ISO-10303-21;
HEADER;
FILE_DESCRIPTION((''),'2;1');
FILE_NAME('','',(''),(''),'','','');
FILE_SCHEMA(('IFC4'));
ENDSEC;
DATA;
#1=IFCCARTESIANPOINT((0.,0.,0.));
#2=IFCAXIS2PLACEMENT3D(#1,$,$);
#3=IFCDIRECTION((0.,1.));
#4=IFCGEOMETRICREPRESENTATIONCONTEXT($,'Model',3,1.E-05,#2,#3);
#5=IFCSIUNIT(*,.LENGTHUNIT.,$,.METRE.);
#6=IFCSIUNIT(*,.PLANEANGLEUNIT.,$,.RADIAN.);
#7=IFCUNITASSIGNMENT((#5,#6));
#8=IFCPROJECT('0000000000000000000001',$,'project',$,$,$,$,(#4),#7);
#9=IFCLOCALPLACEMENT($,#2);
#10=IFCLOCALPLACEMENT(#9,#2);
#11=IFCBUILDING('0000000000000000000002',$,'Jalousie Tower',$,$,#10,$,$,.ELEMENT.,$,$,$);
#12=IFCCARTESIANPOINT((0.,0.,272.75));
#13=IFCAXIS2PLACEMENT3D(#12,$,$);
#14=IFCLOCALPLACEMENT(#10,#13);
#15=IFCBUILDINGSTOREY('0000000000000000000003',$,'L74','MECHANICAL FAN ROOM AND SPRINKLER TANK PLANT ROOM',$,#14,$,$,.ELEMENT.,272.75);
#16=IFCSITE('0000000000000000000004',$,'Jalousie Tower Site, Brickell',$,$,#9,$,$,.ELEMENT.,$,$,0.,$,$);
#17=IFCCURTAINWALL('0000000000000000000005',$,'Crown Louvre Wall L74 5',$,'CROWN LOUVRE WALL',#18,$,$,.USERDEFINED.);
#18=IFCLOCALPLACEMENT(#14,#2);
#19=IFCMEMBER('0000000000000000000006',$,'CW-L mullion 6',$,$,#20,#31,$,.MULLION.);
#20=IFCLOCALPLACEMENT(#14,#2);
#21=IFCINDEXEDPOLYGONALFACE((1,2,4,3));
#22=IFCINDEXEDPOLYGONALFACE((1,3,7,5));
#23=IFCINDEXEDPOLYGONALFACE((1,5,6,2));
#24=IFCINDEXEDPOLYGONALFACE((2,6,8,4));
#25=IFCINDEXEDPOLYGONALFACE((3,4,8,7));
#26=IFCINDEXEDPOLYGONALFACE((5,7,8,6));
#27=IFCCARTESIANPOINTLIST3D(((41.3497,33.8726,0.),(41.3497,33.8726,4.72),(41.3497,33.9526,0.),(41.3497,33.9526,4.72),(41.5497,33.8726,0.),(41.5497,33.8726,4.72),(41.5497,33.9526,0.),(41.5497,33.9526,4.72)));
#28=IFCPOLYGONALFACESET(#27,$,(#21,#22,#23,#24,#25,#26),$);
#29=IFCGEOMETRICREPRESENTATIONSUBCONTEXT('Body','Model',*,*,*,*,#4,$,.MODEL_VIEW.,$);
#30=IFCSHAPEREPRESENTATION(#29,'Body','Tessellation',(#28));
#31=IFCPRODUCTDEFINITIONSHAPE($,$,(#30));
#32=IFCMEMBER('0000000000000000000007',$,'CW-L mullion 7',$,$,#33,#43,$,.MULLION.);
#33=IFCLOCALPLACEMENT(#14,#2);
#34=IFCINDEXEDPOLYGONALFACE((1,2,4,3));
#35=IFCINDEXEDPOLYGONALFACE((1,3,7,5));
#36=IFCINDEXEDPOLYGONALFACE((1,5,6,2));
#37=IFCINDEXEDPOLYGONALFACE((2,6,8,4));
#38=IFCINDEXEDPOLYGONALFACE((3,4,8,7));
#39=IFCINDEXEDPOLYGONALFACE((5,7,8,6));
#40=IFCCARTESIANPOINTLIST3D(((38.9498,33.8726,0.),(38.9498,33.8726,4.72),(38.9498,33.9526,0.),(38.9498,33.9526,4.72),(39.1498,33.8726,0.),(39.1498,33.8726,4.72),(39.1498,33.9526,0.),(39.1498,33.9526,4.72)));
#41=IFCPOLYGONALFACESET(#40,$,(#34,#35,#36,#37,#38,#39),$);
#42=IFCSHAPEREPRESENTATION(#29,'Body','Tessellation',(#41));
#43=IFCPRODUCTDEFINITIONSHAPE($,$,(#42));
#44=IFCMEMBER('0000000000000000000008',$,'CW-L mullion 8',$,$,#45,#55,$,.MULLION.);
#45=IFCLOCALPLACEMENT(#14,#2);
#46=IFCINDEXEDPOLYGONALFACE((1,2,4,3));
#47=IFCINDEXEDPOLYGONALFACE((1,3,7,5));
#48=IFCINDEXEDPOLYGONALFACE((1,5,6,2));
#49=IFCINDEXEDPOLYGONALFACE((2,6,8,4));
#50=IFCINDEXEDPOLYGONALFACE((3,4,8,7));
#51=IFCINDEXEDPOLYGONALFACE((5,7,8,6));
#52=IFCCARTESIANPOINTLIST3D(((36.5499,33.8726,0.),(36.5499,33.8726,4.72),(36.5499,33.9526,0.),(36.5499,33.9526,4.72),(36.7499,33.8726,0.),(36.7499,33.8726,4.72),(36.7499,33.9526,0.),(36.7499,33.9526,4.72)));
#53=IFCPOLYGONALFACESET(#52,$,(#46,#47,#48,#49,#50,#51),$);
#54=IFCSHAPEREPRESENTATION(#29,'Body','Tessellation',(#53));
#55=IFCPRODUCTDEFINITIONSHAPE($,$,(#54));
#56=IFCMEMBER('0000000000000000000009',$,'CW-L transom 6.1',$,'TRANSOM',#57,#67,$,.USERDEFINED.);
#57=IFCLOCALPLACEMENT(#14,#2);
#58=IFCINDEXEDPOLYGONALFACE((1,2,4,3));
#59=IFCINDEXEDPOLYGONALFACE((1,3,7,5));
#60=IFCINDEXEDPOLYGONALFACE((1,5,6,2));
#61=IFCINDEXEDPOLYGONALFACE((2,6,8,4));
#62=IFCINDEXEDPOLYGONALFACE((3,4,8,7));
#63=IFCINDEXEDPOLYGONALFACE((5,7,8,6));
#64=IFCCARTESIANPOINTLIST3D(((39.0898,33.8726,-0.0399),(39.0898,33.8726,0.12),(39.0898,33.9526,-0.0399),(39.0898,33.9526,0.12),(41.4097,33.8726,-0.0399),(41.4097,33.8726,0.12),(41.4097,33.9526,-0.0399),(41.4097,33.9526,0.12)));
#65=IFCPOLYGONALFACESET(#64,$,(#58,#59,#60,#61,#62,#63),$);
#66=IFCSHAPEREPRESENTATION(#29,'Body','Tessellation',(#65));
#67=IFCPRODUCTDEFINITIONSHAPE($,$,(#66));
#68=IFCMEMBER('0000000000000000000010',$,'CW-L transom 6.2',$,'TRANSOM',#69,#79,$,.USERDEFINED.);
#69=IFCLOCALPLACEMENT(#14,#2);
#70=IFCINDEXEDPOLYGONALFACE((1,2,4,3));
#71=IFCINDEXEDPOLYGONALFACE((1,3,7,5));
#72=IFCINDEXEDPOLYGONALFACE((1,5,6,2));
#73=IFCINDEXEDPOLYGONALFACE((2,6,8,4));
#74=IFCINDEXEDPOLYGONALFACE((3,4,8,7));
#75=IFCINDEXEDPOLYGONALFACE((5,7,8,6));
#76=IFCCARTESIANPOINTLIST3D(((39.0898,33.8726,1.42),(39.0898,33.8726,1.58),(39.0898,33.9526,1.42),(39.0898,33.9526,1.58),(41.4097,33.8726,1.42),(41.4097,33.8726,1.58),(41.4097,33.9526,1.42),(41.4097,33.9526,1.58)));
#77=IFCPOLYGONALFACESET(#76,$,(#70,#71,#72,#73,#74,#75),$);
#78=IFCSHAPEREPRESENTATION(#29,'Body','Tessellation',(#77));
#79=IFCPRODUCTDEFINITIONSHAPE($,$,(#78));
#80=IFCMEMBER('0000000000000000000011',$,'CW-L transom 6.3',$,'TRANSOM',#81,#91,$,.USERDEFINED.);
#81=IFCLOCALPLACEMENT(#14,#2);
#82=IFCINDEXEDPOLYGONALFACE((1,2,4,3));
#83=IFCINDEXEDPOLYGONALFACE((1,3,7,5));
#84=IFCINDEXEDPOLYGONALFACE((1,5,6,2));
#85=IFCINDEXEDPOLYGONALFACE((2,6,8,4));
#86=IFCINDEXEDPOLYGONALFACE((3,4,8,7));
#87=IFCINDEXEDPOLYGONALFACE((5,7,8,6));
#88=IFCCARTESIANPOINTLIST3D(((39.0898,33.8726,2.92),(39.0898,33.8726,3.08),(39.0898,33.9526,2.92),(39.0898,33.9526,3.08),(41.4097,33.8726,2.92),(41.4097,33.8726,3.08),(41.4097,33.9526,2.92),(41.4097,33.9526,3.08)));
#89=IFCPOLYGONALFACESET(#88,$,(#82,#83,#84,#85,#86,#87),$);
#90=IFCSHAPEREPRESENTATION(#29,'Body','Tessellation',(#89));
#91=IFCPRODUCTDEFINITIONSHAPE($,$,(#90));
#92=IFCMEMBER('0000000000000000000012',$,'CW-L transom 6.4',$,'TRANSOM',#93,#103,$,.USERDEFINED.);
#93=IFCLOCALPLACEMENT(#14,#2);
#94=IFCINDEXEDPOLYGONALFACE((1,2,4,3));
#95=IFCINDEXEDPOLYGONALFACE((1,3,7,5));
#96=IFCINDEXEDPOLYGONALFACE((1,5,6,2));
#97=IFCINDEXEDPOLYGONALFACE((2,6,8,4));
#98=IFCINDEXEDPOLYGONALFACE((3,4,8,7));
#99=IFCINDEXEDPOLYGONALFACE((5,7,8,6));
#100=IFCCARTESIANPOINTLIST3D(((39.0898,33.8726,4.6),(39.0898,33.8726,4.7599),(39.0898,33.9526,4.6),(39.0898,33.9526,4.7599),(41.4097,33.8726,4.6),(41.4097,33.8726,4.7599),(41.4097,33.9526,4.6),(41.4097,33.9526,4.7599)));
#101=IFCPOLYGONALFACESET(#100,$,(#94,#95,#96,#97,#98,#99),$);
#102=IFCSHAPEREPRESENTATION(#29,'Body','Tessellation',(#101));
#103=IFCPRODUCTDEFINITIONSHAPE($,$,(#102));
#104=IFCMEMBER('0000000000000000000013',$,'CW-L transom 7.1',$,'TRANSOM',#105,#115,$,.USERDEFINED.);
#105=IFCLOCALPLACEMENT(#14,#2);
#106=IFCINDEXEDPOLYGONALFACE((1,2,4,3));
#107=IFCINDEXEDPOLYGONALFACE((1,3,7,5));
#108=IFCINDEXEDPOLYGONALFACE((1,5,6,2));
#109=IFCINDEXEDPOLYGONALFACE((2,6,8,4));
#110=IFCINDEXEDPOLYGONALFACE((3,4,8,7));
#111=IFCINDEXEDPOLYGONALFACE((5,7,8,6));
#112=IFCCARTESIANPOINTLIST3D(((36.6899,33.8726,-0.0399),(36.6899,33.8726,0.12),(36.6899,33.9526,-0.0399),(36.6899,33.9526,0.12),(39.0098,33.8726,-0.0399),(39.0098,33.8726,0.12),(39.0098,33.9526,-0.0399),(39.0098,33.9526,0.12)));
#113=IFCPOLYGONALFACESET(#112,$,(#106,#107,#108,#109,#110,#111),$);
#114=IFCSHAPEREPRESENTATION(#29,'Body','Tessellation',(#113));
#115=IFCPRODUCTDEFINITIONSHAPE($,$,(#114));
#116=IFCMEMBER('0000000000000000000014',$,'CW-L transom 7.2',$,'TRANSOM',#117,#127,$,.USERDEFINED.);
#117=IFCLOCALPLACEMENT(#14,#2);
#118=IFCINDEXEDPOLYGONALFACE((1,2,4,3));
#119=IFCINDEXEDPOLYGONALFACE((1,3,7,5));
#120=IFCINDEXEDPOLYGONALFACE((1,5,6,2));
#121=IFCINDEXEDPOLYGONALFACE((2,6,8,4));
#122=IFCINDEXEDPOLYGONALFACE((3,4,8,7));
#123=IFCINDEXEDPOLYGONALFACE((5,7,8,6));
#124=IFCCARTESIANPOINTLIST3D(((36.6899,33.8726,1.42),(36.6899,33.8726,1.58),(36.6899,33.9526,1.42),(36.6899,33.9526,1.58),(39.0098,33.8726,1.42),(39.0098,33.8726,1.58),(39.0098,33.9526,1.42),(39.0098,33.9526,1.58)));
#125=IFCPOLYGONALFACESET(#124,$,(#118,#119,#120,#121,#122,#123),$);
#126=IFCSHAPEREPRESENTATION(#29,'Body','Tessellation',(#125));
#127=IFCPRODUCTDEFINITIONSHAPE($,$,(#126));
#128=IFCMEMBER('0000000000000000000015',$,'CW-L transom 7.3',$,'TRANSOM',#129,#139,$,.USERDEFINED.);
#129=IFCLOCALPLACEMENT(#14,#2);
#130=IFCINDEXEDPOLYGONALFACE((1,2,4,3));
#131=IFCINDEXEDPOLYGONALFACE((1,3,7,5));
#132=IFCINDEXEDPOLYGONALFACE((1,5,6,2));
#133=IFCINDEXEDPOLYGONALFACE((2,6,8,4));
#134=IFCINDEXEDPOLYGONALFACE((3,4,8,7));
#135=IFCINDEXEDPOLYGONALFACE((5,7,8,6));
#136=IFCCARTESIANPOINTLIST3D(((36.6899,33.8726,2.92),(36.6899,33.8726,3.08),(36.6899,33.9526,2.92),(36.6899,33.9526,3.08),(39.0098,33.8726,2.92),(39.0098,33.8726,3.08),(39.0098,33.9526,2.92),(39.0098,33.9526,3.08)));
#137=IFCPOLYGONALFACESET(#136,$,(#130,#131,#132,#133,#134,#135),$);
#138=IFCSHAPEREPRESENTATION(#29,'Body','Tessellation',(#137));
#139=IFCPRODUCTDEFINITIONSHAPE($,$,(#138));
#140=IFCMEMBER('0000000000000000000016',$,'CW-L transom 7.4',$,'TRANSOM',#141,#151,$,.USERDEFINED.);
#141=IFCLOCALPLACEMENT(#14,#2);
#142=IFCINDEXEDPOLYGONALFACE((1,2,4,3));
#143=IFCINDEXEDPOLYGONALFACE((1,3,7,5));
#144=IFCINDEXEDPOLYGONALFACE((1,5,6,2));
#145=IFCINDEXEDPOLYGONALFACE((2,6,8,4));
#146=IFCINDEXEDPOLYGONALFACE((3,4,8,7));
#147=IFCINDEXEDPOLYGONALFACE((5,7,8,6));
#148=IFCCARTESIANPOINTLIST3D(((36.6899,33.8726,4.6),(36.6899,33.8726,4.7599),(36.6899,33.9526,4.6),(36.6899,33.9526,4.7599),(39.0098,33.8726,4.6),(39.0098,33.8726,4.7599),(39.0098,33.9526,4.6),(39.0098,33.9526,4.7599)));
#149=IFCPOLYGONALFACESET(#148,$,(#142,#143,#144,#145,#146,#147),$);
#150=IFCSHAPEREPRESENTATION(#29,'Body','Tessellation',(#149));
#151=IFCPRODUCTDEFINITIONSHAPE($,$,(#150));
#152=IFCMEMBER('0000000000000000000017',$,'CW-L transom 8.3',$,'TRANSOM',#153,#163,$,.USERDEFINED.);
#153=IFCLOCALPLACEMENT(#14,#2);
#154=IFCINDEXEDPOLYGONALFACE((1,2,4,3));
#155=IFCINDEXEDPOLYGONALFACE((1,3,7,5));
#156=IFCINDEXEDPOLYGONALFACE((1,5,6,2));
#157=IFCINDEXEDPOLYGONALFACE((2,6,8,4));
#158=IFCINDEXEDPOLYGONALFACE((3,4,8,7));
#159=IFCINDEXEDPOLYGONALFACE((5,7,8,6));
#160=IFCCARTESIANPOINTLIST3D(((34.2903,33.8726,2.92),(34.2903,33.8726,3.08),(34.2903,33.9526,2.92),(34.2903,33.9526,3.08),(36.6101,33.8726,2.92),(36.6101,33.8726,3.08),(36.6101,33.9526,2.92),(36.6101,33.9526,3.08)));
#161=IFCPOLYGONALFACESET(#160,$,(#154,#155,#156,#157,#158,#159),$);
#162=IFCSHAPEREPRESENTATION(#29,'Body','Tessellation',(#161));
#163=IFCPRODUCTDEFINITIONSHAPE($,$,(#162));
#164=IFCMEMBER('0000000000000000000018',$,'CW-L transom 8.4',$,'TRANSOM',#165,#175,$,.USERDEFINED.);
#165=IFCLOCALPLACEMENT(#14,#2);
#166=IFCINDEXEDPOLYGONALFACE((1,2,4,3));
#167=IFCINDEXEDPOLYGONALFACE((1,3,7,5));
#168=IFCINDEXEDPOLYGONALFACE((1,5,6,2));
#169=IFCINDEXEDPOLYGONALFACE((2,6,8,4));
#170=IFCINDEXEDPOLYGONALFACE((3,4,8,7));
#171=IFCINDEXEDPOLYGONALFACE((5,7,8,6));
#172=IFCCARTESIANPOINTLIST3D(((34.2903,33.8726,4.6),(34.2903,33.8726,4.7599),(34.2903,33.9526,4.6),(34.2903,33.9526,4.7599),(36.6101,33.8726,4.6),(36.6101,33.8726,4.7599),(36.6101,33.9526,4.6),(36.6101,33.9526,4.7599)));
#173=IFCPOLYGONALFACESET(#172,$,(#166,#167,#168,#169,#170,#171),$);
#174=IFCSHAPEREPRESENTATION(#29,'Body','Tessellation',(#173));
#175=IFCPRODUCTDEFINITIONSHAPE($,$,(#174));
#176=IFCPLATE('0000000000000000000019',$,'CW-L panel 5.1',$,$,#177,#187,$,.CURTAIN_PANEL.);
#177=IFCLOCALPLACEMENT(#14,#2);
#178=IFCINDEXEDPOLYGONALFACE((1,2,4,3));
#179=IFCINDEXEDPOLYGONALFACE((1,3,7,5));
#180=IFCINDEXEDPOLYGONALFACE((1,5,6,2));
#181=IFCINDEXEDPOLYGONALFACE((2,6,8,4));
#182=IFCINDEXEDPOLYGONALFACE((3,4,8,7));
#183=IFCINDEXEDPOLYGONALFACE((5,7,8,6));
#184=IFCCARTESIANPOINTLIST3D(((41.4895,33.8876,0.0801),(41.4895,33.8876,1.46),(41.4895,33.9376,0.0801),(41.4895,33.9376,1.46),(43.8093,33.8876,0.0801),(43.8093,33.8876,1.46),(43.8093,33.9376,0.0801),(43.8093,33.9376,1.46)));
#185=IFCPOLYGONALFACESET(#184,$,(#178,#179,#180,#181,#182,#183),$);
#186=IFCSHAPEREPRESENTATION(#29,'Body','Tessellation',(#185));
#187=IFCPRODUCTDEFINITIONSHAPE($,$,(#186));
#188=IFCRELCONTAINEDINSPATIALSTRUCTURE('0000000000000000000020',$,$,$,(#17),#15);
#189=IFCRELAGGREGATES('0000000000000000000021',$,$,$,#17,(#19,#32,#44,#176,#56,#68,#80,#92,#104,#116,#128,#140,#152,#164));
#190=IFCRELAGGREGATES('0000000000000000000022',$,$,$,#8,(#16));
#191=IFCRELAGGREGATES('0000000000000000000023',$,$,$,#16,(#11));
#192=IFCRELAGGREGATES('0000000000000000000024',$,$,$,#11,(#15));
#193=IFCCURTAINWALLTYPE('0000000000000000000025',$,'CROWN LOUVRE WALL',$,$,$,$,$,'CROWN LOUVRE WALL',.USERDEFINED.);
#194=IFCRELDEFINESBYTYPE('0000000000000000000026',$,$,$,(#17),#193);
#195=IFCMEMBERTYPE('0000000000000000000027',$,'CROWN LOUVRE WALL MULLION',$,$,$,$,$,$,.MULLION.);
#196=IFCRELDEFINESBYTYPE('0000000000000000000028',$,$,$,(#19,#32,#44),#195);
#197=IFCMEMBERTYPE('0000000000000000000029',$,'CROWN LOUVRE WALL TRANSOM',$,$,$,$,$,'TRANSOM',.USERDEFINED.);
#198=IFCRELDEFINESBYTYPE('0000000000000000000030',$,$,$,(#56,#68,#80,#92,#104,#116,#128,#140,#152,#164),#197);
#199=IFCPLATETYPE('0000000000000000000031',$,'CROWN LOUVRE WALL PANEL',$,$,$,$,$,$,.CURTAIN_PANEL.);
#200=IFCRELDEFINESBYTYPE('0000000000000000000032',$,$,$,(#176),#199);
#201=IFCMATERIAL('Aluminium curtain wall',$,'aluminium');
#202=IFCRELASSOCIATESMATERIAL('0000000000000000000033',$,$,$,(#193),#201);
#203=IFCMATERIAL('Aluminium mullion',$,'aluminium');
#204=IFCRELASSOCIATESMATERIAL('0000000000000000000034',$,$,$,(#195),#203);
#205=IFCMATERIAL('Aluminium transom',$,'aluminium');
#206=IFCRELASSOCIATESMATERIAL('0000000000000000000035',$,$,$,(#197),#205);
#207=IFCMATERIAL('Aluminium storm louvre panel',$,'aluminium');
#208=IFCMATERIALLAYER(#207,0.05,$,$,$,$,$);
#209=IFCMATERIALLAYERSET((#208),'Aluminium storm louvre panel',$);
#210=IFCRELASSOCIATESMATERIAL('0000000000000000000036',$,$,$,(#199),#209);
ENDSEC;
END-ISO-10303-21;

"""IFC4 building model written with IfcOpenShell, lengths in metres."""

from ifc_helpers import new_model, si_unit, direction, frame, origin, origin_2d, place, context, subcontext, project, spatial, rectangle, extrude, material, layer, layer_set, material_profile, profile_set, type_object, element, aggregate, save


model = new_model("IFC4")

# Units and contexts
model_context = context("Model", 3, precision=1e-05, world=origin(), true_north=direction((0.0, 1.0)))
body_context = subcontext(model_context, "Body", "Model", "MODEL_VIEW")
ifc_project = project(units=[si_unit("LENGTHUNIT", "METRE"), si_unit("PLANEANGLEUNIT", "RADIAN")], contexts=[model_context])

# Site, building, storey
site_placement = place(None, origin())
site = spatial("IfcSite", under=ifc_project, at=site_placement, Name="Jalousie Tower Site, Brickell", CompositionType="ELEMENT", RefElevation=0.0)
building_placement = place(site_placement, origin())
building = spatial("IfcBuilding", under=site, at=building_placement, Name="Jalousie Tower", CompositionType="ELEMENT")
storey_placement = place(building_placement, frame((0.0, 0.0, 272.75)))
storey = spatial("IfcBuildingStorey", under=building, at=storey_placement, Name="L74", Description="MECHANICAL FAN ROOM AND SPRINKLER TANK PLANT ROOM", CompositionType="ELEMENT", Elevation=272.75)

# Curtain wall, members, plate
ifc_material_1 = material(Name="Aluminium curtain wall", Category="aluminium")
curtain_wall_type = type_object("IfcCurtainWallType", Name="CROWN LOUVRE WALL", ElementType="CROWN LOUVRE WALL", PredefinedType="USERDEFINED", material=ifc_material_1)
curtain_wall_placement = place(storey_placement, origin())
curtain_wall = element("IfcCurtainWall", 1, at=curtain_wall_placement, inside=storey, type_object=curtain_wall_type, Name="Crown Louvre Wall L74 5", ObjectType="CROWN LOUVRE WALL", PredefinedType="USERDEFINED")
ifc_material_2 = material(Name="Aluminium mullion", Category="aluminium")
ifc_material_profile_1 = material_profile(ifc_material_2, rectangle(XDim=0.0801, YDim=0.2, at=origin_2d()), Name="MULLION 80x200")
ifc_profile_set_1 = profile_set([ifc_material_profile_1], Name="Aluminium mullion")
member_type_1 = type_object("IfcMemberType", Name="CROWN LOUVRE WALL MULLION", PredefinedType="MULLION", material=ifc_profile_set_1)
member_1_placement = place(storey_placement, frame((41.4497, 33.9126, 0.0), z_axis=(0.0, 0.0, 1.0), x_axis=(0.0, -1.0, 0.0)))
member_1 = element("IfcMember", 2, at=member_1_placement, type_object=member_type_1, Name="CW-L mullion 6", PredefinedType="MULLION", context=body_context, shape_type="SweptSolid", body=[
    extrude(rectangle(XDim=0.0801, YDim=0.2, at=origin_2d()), origin(), (0.0, 0.0, 1.0), 4.72),
])
member_2_placement = place(storey_placement, frame((39.0498, 33.9126, 0.0), z_axis=(0.0, 0.0, 1.0), x_axis=(0.0, -1.0, 0.0)))
member_2 = element("IfcMember", 3, at=member_2_placement, type_object=member_type_1, Name="CW-L mullion 7", PredefinedType="MULLION", context=body_context, shape_type="SweptSolid", body=[
    extrude(rectangle(XDim=0.0801, YDim=0.2, at=origin_2d()), origin(), (0.0, 0.0, 1.0), 4.72),
])
member_3_placement = place(storey_placement, frame((36.6499, 33.9126, 0.0), z_axis=(0.0, 0.0, 1.0), x_axis=(0.0, -1.0, 0.0)))
member_3 = element("IfcMember", 4, at=member_3_placement, type_object=member_type_1, Name="CW-L mullion 8", PredefinedType="MULLION", context=body_context, shape_type="SweptSolid", body=[
    extrude(rectangle(XDim=0.0801, YDim=0.2, at=origin_2d()), origin(), (0.0, 0.0, 1.0), 4.72),
])
ifc_material_3 = material(Name="Aluminium transom", Category="aluminium")
ifc_material_profile_2 = material_profile(ifc_material_3, rectangle(XDim=0.0801, YDim=0.1599, at=origin_2d()), Name="TRANSOM 80x160")
ifc_profile_set_2 = profile_set([ifc_material_profile_2], Name="Aluminium transom")
member_type_2 = type_object("IfcMemberType", Name="CROWN LOUVRE WALL TRANSOM", ElementType="TRANSOM", PredefinedType="USERDEFINED", material=ifc_profile_set_2)
member_4_placement = place(storey_placement, frame((41.4097, 33.9126, 0.04), z_axis=(-1.0, 0.0, 0.0), x_axis=(0.0, -1.0, 0.0)))
member_4 = element("IfcMember", 5, at=member_4_placement, type_object=member_type_2, Name="CW-L transom 6.1", ObjectType="TRANSOM", PredefinedType="USERDEFINED", context=body_context, shape_type="SweptSolid", body=[
    extrude(rectangle(XDim=0.0801, YDim=0.1599, at=origin_2d()), origin(), (0.0, 0.0, 1.0), 2.3198),
])
member_5_placement = place(storey_placement, frame((41.4097, 33.9126, 1.5), z_axis=(-1.0, 0.0, 0.0), x_axis=(0.0, -1.0, 0.0)))
member_5 = element("IfcMember", 6, at=member_5_placement, type_object=member_type_2, Name="CW-L transom 6.2", ObjectType="TRANSOM", PredefinedType="USERDEFINED", context=body_context, shape_type="SweptSolid", body=[
    extrude(rectangle(XDim=0.0801, YDim=0.1599, at=origin_2d()), origin(), (0.0, 0.0, 1.0), 2.3198),
])
member_6_placement = place(storey_placement, frame((41.4097, 33.9126, 3.0), z_axis=(-1.0, 0.0, 0.0), x_axis=(0.0, -1.0, 0.0)))
member_6 = element("IfcMember", 7, at=member_6_placement, type_object=member_type_2, Name="CW-L transom 6.3", ObjectType="TRANSOM", PredefinedType="USERDEFINED", context=body_context, shape_type="SweptSolid", body=[
    extrude(rectangle(XDim=0.0801, YDim=0.1599, at=origin_2d()), origin(), (0.0, 0.0, 1.0), 2.3198),
])
member_7_placement = place(storey_placement, frame((41.4097, 33.9126, 4.6799), z_axis=(-1.0, 0.0, 0.0), x_axis=(0.0, -1.0, 0.0)))
member_7 = element("IfcMember", 8, at=member_7_placement, type_object=member_type_2, Name="CW-L transom 6.4", ObjectType="TRANSOM", PredefinedType="USERDEFINED", context=body_context, shape_type="SweptSolid", body=[
    extrude(rectangle(XDim=0.0801, YDim=0.1599, at=origin_2d()), origin(), (0.0, 0.0, 1.0), 2.3198),
])
member_8_placement = place(storey_placement, frame((39.0098, 33.9126, 0.04), z_axis=(-1.0, 0.0, 0.0), x_axis=(0.0, -1.0, 0.0)))
member_8 = element("IfcMember", 9, at=member_8_placement, type_object=member_type_2, Name="CW-L transom 7.1", ObjectType="TRANSOM", PredefinedType="USERDEFINED", context=body_context, shape_type="SweptSolid", body=[
    extrude(rectangle(XDim=0.0801, YDim=0.1599, at=origin_2d()), origin(), (0.0, 0.0, 1.0), 2.3198),
])
member_9_placement = place(storey_placement, frame((39.0098, 33.9126, 1.5), z_axis=(-1.0, 0.0, 0.0), x_axis=(0.0, -1.0, 0.0)))
member_9 = element("IfcMember", 10, at=member_9_placement, type_object=member_type_2, Name="CW-L transom 7.2", ObjectType="TRANSOM", PredefinedType="USERDEFINED", context=body_context, shape_type="SweptSolid", body=[
    extrude(rectangle(XDim=0.0801, YDim=0.1599, at=origin_2d()), origin(), (0.0, 0.0, 1.0), 2.3198),
])
member_10_placement = place(storey_placement, frame((39.0098, 33.9126, 3.0), z_axis=(-1.0, 0.0, 0.0), x_axis=(0.0, -1.0, 0.0)))
member_10 = element("IfcMember", 11, at=member_10_placement, type_object=member_type_2, Name="CW-L transom 7.3", ObjectType="TRANSOM", PredefinedType="USERDEFINED", context=body_context, shape_type="SweptSolid", body=[
    extrude(rectangle(XDim=0.0801, YDim=0.1599, at=origin_2d()), origin(), (0.0, 0.0, 1.0), 2.3198),
])
member_11_placement = place(storey_placement, frame((39.0098, 33.9126, 4.6799), z_axis=(-1.0, 0.0, 0.0), x_axis=(0.0, -1.0, 0.0)))
member_11 = element("IfcMember", 12, at=member_11_placement, type_object=member_type_2, Name="CW-L transom 7.4", ObjectType="TRANSOM", PredefinedType="USERDEFINED", context=body_context, shape_type="SweptSolid", body=[
    extrude(rectangle(XDim=0.0801, YDim=0.1599, at=origin_2d()), origin(), (0.0, 0.0, 1.0), 2.3198),
])
member_12_placement = place(storey_placement, frame((36.6101, 33.9126, 3.0), z_axis=(-1.0, 0.0, 0.0), x_axis=(0.0, -1.0, 0.0)))
member_12 = element("IfcMember", 13, at=member_12_placement, type_object=member_type_2, Name="CW-L transom 8.3", ObjectType="TRANSOM", PredefinedType="USERDEFINED", context=body_context, shape_type="SweptSolid", body=[
    extrude(rectangle(XDim=0.0801, YDim=0.1599, at=origin_2d()), origin(), (0.0, 0.0, 1.0), 2.3198),
])
member_13_placement = place(storey_placement, frame((36.6101, 33.9126, 4.6799), z_axis=(-1.0, 0.0, 0.0), x_axis=(0.0, -1.0, 0.0)))
member_13 = element("IfcMember", 14, at=member_13_placement, type_object=member_type_2, Name="CW-L transom 8.4", ObjectType="TRANSOM", PredefinedType="USERDEFINED", context=body_context, shape_type="SweptSolid", body=[
    extrude(rectangle(XDim=0.0801, YDim=0.1599, at=origin_2d()), origin(), (0.0, 0.0, 1.0), 2.3198),
])
ifc_material_4 = material(Name="Aluminium storm louvre panel", Category="aluminium")
ifc_layer = layer(ifc_material_4, 0.05)
ifc_layer_set = layer_set([ifc_layer], Name="Aluminium storm louvre panel")
plate_type = type_object("IfcPlateType", Name="CROWN LOUVRE WALL PANEL", PredefinedType="CURTAIN_PANEL", material=ifc_layer_set)
plate_1_placement = place(storey_placement, frame((42.6494, 33.9126, 0.0801), z_axis=(0.0, 0.0, 1.0), x_axis=(-1.0, 0.0, 0.0)))
plate_1 = element("IfcPlate", 15, at=plate_1_placement, type_object=plate_type, Name="CW-L panel 5.1", PredefinedType="CURTAIN_PANEL", context=body_context, shape_type="SweptSolid", body=[
    extrude(rectangle(XDim=2.3198, YDim=0.05, at=origin_2d()), origin(), (0.0, 0.0, 1.0), 1.3799),
])
aggregate(curtain_wall, [member_1, member_2, member_3, plate_1, member_4, member_5, member_6, member_7, member_8, member_9, member_10, member_11, member_12, member_13])

save(model, "model.ifc")
